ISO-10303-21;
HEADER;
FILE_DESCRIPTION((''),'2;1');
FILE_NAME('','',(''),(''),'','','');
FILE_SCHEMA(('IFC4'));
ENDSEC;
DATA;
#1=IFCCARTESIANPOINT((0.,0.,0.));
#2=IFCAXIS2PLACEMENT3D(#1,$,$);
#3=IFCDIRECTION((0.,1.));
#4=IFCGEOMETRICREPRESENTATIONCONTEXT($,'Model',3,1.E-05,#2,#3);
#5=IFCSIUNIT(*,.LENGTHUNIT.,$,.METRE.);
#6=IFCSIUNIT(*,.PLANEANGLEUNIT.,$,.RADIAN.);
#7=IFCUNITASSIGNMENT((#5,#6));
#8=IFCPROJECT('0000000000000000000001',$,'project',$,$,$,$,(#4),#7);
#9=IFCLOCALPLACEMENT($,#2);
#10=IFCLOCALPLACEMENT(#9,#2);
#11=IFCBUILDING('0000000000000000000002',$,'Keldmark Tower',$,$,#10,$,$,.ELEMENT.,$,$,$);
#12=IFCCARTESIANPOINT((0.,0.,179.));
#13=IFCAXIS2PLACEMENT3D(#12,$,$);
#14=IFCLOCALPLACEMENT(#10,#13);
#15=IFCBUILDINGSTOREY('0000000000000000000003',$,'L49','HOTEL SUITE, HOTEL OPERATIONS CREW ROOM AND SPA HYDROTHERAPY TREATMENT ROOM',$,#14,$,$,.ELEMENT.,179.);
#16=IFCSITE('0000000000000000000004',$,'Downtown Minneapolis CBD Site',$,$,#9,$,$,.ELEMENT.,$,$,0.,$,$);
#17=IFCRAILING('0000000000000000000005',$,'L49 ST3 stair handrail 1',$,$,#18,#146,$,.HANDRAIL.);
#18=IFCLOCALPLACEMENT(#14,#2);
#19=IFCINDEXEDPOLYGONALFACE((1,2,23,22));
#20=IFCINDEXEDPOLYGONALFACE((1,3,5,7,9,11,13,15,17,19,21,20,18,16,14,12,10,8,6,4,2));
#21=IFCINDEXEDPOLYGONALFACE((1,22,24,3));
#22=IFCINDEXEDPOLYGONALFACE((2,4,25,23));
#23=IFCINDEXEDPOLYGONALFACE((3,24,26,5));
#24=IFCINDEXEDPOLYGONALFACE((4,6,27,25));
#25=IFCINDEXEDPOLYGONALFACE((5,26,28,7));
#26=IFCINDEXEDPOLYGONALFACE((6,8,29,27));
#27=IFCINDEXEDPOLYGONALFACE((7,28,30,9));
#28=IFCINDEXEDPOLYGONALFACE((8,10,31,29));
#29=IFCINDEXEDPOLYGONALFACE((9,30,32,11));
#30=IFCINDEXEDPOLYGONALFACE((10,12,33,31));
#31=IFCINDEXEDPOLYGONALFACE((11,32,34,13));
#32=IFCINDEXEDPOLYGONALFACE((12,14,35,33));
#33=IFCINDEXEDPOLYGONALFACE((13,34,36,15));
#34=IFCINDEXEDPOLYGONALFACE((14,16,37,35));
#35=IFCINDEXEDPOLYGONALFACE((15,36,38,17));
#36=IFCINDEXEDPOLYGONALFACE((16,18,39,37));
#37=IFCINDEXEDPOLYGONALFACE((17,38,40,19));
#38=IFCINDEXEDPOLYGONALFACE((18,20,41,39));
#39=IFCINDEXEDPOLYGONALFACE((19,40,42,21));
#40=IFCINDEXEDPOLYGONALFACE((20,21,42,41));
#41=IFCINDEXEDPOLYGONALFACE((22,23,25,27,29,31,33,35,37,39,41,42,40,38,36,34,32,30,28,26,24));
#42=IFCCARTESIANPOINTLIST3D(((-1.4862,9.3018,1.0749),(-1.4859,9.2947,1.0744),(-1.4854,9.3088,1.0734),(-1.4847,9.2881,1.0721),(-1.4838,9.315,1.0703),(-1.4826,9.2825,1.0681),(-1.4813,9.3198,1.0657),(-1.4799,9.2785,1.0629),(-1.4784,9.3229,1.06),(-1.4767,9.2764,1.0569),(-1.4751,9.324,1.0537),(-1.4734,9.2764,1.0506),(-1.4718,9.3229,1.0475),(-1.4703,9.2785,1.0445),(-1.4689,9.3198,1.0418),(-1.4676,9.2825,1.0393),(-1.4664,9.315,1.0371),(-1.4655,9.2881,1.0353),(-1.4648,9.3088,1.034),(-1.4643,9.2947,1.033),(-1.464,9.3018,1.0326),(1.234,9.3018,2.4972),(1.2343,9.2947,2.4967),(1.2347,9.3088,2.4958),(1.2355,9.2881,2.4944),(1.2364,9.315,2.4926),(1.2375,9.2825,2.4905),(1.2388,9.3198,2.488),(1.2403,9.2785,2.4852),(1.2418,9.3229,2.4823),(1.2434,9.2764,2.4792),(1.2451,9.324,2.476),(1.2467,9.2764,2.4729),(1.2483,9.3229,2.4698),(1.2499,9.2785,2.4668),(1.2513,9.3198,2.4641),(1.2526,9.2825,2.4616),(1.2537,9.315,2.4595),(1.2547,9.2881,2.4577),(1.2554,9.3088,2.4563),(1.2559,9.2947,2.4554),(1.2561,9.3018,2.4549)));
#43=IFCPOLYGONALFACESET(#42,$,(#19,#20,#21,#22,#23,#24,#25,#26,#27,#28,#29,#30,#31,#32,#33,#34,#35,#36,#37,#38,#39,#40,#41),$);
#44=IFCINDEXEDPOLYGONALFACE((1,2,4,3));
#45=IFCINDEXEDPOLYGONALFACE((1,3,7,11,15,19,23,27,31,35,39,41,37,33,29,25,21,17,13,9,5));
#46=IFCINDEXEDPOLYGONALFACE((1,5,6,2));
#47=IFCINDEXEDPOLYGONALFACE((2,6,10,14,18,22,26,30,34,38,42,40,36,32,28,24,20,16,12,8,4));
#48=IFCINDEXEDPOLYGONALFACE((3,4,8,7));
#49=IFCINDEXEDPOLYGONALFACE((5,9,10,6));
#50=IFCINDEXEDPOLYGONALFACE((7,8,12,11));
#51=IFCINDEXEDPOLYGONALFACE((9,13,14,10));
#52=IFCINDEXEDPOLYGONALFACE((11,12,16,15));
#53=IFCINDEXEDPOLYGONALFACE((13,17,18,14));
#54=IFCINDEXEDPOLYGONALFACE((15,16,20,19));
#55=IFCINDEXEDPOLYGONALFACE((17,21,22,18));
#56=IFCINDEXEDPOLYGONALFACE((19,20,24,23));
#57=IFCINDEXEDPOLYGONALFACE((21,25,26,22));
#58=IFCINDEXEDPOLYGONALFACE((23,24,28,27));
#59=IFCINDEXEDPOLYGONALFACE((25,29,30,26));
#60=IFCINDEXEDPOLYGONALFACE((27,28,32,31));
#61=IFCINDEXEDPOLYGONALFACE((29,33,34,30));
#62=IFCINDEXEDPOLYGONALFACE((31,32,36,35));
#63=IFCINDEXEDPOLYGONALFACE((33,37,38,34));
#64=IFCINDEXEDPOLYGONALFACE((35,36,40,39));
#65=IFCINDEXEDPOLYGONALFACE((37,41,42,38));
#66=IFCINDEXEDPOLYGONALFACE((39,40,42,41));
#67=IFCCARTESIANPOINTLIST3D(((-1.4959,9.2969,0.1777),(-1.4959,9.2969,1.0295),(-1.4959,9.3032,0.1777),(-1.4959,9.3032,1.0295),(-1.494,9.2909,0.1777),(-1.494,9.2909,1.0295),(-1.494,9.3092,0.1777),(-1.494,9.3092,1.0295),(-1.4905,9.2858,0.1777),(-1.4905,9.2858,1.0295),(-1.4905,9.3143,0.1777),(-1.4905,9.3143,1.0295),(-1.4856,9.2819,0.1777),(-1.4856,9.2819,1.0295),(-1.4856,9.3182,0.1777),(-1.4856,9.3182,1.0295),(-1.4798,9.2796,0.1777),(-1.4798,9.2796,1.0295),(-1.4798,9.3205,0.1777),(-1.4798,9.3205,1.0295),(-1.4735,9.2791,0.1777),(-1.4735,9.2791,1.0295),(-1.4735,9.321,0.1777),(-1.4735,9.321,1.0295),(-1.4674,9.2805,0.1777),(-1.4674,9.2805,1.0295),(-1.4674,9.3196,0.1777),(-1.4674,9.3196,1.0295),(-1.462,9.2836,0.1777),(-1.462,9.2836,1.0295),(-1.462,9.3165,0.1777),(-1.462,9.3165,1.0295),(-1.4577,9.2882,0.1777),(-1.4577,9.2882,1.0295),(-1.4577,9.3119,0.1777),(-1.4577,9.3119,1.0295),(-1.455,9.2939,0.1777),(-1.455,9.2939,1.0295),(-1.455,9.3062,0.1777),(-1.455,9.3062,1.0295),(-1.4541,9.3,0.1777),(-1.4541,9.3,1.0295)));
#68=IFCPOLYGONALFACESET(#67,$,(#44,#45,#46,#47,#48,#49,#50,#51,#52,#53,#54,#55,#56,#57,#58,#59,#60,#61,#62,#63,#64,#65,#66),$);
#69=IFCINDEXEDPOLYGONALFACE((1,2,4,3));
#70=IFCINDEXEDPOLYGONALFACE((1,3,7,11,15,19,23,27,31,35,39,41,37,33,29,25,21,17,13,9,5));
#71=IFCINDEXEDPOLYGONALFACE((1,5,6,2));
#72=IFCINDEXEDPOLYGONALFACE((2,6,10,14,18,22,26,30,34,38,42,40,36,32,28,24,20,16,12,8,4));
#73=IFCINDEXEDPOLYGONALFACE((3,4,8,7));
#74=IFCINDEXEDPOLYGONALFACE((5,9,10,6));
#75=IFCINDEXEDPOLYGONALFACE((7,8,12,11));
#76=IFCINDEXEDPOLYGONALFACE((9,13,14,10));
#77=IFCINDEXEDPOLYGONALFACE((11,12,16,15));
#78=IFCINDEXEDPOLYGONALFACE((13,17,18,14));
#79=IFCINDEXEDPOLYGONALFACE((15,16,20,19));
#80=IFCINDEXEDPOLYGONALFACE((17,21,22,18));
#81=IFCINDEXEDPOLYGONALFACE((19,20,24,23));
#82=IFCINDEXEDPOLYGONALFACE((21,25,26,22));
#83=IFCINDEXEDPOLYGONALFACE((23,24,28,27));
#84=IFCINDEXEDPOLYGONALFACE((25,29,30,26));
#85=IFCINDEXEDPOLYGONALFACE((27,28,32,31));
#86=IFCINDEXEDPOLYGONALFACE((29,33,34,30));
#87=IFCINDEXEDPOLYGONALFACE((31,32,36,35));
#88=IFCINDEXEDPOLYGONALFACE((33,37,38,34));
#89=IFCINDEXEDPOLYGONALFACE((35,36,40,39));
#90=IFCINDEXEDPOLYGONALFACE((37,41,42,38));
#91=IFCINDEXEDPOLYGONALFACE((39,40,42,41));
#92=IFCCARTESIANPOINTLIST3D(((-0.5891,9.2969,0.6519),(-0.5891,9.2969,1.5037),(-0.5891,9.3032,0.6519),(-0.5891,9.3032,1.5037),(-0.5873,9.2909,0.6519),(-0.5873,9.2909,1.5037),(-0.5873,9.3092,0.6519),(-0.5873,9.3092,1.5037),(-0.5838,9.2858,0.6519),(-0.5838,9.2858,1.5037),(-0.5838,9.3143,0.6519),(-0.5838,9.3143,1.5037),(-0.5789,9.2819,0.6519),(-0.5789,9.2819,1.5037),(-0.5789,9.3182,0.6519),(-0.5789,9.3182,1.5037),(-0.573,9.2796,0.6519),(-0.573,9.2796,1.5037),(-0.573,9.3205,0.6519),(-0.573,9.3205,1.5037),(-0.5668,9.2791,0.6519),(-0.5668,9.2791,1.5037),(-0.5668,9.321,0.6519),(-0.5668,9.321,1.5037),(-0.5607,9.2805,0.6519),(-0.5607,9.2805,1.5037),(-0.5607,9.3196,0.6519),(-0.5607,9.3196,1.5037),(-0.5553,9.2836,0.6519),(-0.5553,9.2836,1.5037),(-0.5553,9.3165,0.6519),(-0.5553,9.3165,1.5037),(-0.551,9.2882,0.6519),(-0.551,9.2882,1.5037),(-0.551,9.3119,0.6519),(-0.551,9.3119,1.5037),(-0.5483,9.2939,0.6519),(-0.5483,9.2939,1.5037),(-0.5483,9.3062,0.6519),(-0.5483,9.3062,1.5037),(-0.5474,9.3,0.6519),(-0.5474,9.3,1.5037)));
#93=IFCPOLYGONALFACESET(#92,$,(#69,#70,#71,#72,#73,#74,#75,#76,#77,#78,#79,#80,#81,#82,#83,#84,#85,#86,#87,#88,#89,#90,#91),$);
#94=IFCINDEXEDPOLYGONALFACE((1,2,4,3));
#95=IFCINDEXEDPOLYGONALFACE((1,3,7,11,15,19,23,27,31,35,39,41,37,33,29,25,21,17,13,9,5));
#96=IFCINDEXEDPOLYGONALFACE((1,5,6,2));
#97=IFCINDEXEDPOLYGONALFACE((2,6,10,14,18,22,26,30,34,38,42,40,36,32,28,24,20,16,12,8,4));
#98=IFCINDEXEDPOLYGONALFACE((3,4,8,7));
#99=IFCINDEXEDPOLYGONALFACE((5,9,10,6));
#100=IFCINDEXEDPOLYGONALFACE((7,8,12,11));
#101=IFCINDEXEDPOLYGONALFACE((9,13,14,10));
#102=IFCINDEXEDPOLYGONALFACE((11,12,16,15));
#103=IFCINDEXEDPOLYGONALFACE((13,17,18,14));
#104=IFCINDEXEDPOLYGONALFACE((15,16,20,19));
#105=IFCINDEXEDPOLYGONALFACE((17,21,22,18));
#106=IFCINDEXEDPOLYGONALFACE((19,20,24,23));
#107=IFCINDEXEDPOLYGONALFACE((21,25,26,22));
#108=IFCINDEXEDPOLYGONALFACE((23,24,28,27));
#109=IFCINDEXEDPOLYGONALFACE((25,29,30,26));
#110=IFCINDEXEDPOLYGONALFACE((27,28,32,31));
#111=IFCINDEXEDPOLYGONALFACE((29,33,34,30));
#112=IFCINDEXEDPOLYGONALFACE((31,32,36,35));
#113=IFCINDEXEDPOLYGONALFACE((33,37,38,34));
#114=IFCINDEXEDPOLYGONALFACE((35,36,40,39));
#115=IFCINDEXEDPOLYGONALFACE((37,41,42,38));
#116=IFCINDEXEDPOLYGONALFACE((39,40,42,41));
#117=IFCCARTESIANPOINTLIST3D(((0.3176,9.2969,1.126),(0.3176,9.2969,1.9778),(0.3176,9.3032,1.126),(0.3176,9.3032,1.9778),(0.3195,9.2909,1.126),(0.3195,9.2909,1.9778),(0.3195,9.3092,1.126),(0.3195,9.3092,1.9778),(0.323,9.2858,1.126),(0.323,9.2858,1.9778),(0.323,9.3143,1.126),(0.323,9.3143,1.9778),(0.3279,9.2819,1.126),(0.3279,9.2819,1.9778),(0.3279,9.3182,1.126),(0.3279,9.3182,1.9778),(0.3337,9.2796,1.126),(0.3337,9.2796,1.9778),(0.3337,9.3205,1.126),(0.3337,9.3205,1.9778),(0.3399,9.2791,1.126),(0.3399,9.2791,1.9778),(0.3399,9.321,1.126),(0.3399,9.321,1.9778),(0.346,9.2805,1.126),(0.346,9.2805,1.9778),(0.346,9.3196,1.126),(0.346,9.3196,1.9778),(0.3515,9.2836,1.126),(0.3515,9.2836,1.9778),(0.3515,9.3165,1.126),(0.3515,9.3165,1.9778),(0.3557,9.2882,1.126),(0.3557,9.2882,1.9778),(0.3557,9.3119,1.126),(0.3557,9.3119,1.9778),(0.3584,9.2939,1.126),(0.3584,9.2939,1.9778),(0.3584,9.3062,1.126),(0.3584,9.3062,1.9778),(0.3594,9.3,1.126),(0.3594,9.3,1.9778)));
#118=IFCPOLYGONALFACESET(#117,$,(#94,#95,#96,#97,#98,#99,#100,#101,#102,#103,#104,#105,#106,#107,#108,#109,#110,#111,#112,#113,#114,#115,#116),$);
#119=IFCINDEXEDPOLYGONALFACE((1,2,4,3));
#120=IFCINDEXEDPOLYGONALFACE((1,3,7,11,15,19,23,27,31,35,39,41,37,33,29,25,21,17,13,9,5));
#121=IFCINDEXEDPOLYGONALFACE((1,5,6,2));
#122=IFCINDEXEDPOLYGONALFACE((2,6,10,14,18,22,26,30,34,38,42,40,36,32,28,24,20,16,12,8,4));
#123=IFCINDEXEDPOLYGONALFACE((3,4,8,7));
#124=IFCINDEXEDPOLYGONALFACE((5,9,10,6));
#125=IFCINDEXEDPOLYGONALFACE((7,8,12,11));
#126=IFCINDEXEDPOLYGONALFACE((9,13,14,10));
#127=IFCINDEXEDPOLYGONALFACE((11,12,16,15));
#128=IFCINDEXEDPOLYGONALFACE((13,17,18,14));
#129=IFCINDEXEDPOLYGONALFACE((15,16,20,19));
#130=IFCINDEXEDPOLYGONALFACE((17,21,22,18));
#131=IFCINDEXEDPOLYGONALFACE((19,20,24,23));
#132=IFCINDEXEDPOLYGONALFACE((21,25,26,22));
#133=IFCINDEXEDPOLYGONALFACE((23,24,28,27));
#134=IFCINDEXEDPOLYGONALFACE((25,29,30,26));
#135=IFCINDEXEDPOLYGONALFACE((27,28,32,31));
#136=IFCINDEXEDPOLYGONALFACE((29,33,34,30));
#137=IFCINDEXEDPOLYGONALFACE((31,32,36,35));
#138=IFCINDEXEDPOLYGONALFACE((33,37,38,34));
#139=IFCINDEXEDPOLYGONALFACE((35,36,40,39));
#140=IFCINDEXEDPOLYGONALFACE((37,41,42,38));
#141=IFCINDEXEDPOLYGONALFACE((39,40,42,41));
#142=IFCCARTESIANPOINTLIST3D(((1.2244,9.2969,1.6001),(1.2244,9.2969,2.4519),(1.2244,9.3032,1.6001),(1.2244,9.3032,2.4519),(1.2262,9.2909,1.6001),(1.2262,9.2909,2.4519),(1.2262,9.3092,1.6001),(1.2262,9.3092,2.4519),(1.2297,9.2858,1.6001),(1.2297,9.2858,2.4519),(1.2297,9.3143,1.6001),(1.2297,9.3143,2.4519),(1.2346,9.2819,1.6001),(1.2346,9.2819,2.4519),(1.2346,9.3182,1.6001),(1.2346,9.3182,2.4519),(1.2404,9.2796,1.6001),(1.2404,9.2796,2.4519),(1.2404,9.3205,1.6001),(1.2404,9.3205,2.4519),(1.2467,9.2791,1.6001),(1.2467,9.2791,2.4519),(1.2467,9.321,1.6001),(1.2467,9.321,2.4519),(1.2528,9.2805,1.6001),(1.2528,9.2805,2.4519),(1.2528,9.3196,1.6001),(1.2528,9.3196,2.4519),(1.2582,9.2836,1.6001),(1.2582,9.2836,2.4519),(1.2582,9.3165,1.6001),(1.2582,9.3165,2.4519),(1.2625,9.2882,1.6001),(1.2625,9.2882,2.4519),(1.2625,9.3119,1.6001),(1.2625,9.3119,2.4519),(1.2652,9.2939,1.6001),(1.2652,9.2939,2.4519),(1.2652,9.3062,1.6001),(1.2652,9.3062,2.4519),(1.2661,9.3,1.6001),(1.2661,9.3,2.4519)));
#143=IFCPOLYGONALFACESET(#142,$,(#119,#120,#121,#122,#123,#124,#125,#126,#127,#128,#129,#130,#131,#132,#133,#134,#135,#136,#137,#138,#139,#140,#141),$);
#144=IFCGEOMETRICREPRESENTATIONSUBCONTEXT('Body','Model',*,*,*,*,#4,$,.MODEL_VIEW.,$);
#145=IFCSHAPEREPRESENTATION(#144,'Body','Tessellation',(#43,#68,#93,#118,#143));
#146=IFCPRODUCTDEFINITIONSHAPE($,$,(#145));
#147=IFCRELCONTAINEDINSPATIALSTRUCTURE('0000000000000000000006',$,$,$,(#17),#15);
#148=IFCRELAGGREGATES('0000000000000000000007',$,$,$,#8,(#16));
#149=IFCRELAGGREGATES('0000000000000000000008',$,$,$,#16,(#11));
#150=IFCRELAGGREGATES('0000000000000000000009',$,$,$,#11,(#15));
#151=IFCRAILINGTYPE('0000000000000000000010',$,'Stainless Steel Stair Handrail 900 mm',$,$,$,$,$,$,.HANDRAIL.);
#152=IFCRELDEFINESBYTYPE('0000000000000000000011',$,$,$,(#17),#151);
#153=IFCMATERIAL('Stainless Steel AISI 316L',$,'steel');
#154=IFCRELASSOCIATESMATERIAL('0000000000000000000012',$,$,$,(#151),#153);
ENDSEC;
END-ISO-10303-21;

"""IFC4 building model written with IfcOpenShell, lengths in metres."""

from ifc_helpers import new_model, si_unit, direction, frame, origin, origin_2d, place, context, subcontext, project, spatial, circle, extrude, material, type_object, element, save


model = new_model("IFC4")

# Units and contexts
model_context = context("Model", 3, precision=1e-05, world=origin(), true_north=direction((0.0, 1.0)))
body_context = subcontext(model_context, "Body", "Model", "MODEL_VIEW")
ifc_project = project(units=[si_unit("LENGTHUNIT", "METRE"), si_unit("PLANEANGLEUNIT", "RADIAN")], contexts=[model_context])

# Site, building, storey
site_placement = place(None, origin())
site = spatial("IfcSite", under=ifc_project, at=site_placement, Name="Downtown Minneapolis CBD Site", CompositionType="ELEMENT", RefElevation=0.0)
building_placement = place(site_placement, origin())
building = spatial("IfcBuilding", under=site, at=building_placement, Name="Keldmark Tower", CompositionType="ELEMENT")
storey_placement = place(building_placement, frame((0.0, 0.0, 179.0)))
storey = spatial("IfcBuildingStorey", under=building, at=storey_placement, Name="L49", Description="HOTEL SUITE, HOTEL OPERATIONS CREW ROOM AND SPA HYDROTHERAPY TREATMENT ROOM", CompositionType="ELEMENT", Elevation=179.0)

# Railing
ifc_material_1 = material(Name="Stainless Steel AISI 316L", Category="steel")
railing_type = type_object("IfcRailingType", Name="Stainless Steel Stair Handrail 900 mm", PredefinedType="HANDRAIL", material=ifc_material_1)
railing_placement = place(storey_placement, frame((-1.4751, 9.3, 0.1777)))
element("IfcRailing", 1, at=railing_placement, inside=storey, type_object=railing_type, Name="L49 ST3 stair handrail 1", PredefinedType="HANDRAIL", context=body_context, shape_type="SweptSolid", body=[
    extrude(circle(Radius=0.0239, at=origin_2d()), frame((0.0, 0.0, 0.876), z_axis=(0.886168, 0.0, 0.463365), x_axis=(0.0, 1.0, 0.0)), (0.0, 0.0, 1.0), 3.0696),
    extrude(circle(Radius=0.021, at=origin_2d()), origin(), (0.0, 0.0, 1.0), 0.8518),
    extrude(circle(Radius=0.021, at=origin_2d()), frame((0.9067, 0.0, 0.4741)), (0.0, 0.0, 1.0), 0.8518),
    extrude(circle(Radius=0.021, at=origin_2d()), frame((1.8135, 0.0, 0.9482)), (0.0, 0.0, 1.0), 0.8518),
    extrude(circle(Radius=0.021, at=origin_2d()), frame((2.7202, 0.0, 1.4224)), (0.0, 0.0, 1.0), 0.8518),
])

save(model, "model.ifc")
